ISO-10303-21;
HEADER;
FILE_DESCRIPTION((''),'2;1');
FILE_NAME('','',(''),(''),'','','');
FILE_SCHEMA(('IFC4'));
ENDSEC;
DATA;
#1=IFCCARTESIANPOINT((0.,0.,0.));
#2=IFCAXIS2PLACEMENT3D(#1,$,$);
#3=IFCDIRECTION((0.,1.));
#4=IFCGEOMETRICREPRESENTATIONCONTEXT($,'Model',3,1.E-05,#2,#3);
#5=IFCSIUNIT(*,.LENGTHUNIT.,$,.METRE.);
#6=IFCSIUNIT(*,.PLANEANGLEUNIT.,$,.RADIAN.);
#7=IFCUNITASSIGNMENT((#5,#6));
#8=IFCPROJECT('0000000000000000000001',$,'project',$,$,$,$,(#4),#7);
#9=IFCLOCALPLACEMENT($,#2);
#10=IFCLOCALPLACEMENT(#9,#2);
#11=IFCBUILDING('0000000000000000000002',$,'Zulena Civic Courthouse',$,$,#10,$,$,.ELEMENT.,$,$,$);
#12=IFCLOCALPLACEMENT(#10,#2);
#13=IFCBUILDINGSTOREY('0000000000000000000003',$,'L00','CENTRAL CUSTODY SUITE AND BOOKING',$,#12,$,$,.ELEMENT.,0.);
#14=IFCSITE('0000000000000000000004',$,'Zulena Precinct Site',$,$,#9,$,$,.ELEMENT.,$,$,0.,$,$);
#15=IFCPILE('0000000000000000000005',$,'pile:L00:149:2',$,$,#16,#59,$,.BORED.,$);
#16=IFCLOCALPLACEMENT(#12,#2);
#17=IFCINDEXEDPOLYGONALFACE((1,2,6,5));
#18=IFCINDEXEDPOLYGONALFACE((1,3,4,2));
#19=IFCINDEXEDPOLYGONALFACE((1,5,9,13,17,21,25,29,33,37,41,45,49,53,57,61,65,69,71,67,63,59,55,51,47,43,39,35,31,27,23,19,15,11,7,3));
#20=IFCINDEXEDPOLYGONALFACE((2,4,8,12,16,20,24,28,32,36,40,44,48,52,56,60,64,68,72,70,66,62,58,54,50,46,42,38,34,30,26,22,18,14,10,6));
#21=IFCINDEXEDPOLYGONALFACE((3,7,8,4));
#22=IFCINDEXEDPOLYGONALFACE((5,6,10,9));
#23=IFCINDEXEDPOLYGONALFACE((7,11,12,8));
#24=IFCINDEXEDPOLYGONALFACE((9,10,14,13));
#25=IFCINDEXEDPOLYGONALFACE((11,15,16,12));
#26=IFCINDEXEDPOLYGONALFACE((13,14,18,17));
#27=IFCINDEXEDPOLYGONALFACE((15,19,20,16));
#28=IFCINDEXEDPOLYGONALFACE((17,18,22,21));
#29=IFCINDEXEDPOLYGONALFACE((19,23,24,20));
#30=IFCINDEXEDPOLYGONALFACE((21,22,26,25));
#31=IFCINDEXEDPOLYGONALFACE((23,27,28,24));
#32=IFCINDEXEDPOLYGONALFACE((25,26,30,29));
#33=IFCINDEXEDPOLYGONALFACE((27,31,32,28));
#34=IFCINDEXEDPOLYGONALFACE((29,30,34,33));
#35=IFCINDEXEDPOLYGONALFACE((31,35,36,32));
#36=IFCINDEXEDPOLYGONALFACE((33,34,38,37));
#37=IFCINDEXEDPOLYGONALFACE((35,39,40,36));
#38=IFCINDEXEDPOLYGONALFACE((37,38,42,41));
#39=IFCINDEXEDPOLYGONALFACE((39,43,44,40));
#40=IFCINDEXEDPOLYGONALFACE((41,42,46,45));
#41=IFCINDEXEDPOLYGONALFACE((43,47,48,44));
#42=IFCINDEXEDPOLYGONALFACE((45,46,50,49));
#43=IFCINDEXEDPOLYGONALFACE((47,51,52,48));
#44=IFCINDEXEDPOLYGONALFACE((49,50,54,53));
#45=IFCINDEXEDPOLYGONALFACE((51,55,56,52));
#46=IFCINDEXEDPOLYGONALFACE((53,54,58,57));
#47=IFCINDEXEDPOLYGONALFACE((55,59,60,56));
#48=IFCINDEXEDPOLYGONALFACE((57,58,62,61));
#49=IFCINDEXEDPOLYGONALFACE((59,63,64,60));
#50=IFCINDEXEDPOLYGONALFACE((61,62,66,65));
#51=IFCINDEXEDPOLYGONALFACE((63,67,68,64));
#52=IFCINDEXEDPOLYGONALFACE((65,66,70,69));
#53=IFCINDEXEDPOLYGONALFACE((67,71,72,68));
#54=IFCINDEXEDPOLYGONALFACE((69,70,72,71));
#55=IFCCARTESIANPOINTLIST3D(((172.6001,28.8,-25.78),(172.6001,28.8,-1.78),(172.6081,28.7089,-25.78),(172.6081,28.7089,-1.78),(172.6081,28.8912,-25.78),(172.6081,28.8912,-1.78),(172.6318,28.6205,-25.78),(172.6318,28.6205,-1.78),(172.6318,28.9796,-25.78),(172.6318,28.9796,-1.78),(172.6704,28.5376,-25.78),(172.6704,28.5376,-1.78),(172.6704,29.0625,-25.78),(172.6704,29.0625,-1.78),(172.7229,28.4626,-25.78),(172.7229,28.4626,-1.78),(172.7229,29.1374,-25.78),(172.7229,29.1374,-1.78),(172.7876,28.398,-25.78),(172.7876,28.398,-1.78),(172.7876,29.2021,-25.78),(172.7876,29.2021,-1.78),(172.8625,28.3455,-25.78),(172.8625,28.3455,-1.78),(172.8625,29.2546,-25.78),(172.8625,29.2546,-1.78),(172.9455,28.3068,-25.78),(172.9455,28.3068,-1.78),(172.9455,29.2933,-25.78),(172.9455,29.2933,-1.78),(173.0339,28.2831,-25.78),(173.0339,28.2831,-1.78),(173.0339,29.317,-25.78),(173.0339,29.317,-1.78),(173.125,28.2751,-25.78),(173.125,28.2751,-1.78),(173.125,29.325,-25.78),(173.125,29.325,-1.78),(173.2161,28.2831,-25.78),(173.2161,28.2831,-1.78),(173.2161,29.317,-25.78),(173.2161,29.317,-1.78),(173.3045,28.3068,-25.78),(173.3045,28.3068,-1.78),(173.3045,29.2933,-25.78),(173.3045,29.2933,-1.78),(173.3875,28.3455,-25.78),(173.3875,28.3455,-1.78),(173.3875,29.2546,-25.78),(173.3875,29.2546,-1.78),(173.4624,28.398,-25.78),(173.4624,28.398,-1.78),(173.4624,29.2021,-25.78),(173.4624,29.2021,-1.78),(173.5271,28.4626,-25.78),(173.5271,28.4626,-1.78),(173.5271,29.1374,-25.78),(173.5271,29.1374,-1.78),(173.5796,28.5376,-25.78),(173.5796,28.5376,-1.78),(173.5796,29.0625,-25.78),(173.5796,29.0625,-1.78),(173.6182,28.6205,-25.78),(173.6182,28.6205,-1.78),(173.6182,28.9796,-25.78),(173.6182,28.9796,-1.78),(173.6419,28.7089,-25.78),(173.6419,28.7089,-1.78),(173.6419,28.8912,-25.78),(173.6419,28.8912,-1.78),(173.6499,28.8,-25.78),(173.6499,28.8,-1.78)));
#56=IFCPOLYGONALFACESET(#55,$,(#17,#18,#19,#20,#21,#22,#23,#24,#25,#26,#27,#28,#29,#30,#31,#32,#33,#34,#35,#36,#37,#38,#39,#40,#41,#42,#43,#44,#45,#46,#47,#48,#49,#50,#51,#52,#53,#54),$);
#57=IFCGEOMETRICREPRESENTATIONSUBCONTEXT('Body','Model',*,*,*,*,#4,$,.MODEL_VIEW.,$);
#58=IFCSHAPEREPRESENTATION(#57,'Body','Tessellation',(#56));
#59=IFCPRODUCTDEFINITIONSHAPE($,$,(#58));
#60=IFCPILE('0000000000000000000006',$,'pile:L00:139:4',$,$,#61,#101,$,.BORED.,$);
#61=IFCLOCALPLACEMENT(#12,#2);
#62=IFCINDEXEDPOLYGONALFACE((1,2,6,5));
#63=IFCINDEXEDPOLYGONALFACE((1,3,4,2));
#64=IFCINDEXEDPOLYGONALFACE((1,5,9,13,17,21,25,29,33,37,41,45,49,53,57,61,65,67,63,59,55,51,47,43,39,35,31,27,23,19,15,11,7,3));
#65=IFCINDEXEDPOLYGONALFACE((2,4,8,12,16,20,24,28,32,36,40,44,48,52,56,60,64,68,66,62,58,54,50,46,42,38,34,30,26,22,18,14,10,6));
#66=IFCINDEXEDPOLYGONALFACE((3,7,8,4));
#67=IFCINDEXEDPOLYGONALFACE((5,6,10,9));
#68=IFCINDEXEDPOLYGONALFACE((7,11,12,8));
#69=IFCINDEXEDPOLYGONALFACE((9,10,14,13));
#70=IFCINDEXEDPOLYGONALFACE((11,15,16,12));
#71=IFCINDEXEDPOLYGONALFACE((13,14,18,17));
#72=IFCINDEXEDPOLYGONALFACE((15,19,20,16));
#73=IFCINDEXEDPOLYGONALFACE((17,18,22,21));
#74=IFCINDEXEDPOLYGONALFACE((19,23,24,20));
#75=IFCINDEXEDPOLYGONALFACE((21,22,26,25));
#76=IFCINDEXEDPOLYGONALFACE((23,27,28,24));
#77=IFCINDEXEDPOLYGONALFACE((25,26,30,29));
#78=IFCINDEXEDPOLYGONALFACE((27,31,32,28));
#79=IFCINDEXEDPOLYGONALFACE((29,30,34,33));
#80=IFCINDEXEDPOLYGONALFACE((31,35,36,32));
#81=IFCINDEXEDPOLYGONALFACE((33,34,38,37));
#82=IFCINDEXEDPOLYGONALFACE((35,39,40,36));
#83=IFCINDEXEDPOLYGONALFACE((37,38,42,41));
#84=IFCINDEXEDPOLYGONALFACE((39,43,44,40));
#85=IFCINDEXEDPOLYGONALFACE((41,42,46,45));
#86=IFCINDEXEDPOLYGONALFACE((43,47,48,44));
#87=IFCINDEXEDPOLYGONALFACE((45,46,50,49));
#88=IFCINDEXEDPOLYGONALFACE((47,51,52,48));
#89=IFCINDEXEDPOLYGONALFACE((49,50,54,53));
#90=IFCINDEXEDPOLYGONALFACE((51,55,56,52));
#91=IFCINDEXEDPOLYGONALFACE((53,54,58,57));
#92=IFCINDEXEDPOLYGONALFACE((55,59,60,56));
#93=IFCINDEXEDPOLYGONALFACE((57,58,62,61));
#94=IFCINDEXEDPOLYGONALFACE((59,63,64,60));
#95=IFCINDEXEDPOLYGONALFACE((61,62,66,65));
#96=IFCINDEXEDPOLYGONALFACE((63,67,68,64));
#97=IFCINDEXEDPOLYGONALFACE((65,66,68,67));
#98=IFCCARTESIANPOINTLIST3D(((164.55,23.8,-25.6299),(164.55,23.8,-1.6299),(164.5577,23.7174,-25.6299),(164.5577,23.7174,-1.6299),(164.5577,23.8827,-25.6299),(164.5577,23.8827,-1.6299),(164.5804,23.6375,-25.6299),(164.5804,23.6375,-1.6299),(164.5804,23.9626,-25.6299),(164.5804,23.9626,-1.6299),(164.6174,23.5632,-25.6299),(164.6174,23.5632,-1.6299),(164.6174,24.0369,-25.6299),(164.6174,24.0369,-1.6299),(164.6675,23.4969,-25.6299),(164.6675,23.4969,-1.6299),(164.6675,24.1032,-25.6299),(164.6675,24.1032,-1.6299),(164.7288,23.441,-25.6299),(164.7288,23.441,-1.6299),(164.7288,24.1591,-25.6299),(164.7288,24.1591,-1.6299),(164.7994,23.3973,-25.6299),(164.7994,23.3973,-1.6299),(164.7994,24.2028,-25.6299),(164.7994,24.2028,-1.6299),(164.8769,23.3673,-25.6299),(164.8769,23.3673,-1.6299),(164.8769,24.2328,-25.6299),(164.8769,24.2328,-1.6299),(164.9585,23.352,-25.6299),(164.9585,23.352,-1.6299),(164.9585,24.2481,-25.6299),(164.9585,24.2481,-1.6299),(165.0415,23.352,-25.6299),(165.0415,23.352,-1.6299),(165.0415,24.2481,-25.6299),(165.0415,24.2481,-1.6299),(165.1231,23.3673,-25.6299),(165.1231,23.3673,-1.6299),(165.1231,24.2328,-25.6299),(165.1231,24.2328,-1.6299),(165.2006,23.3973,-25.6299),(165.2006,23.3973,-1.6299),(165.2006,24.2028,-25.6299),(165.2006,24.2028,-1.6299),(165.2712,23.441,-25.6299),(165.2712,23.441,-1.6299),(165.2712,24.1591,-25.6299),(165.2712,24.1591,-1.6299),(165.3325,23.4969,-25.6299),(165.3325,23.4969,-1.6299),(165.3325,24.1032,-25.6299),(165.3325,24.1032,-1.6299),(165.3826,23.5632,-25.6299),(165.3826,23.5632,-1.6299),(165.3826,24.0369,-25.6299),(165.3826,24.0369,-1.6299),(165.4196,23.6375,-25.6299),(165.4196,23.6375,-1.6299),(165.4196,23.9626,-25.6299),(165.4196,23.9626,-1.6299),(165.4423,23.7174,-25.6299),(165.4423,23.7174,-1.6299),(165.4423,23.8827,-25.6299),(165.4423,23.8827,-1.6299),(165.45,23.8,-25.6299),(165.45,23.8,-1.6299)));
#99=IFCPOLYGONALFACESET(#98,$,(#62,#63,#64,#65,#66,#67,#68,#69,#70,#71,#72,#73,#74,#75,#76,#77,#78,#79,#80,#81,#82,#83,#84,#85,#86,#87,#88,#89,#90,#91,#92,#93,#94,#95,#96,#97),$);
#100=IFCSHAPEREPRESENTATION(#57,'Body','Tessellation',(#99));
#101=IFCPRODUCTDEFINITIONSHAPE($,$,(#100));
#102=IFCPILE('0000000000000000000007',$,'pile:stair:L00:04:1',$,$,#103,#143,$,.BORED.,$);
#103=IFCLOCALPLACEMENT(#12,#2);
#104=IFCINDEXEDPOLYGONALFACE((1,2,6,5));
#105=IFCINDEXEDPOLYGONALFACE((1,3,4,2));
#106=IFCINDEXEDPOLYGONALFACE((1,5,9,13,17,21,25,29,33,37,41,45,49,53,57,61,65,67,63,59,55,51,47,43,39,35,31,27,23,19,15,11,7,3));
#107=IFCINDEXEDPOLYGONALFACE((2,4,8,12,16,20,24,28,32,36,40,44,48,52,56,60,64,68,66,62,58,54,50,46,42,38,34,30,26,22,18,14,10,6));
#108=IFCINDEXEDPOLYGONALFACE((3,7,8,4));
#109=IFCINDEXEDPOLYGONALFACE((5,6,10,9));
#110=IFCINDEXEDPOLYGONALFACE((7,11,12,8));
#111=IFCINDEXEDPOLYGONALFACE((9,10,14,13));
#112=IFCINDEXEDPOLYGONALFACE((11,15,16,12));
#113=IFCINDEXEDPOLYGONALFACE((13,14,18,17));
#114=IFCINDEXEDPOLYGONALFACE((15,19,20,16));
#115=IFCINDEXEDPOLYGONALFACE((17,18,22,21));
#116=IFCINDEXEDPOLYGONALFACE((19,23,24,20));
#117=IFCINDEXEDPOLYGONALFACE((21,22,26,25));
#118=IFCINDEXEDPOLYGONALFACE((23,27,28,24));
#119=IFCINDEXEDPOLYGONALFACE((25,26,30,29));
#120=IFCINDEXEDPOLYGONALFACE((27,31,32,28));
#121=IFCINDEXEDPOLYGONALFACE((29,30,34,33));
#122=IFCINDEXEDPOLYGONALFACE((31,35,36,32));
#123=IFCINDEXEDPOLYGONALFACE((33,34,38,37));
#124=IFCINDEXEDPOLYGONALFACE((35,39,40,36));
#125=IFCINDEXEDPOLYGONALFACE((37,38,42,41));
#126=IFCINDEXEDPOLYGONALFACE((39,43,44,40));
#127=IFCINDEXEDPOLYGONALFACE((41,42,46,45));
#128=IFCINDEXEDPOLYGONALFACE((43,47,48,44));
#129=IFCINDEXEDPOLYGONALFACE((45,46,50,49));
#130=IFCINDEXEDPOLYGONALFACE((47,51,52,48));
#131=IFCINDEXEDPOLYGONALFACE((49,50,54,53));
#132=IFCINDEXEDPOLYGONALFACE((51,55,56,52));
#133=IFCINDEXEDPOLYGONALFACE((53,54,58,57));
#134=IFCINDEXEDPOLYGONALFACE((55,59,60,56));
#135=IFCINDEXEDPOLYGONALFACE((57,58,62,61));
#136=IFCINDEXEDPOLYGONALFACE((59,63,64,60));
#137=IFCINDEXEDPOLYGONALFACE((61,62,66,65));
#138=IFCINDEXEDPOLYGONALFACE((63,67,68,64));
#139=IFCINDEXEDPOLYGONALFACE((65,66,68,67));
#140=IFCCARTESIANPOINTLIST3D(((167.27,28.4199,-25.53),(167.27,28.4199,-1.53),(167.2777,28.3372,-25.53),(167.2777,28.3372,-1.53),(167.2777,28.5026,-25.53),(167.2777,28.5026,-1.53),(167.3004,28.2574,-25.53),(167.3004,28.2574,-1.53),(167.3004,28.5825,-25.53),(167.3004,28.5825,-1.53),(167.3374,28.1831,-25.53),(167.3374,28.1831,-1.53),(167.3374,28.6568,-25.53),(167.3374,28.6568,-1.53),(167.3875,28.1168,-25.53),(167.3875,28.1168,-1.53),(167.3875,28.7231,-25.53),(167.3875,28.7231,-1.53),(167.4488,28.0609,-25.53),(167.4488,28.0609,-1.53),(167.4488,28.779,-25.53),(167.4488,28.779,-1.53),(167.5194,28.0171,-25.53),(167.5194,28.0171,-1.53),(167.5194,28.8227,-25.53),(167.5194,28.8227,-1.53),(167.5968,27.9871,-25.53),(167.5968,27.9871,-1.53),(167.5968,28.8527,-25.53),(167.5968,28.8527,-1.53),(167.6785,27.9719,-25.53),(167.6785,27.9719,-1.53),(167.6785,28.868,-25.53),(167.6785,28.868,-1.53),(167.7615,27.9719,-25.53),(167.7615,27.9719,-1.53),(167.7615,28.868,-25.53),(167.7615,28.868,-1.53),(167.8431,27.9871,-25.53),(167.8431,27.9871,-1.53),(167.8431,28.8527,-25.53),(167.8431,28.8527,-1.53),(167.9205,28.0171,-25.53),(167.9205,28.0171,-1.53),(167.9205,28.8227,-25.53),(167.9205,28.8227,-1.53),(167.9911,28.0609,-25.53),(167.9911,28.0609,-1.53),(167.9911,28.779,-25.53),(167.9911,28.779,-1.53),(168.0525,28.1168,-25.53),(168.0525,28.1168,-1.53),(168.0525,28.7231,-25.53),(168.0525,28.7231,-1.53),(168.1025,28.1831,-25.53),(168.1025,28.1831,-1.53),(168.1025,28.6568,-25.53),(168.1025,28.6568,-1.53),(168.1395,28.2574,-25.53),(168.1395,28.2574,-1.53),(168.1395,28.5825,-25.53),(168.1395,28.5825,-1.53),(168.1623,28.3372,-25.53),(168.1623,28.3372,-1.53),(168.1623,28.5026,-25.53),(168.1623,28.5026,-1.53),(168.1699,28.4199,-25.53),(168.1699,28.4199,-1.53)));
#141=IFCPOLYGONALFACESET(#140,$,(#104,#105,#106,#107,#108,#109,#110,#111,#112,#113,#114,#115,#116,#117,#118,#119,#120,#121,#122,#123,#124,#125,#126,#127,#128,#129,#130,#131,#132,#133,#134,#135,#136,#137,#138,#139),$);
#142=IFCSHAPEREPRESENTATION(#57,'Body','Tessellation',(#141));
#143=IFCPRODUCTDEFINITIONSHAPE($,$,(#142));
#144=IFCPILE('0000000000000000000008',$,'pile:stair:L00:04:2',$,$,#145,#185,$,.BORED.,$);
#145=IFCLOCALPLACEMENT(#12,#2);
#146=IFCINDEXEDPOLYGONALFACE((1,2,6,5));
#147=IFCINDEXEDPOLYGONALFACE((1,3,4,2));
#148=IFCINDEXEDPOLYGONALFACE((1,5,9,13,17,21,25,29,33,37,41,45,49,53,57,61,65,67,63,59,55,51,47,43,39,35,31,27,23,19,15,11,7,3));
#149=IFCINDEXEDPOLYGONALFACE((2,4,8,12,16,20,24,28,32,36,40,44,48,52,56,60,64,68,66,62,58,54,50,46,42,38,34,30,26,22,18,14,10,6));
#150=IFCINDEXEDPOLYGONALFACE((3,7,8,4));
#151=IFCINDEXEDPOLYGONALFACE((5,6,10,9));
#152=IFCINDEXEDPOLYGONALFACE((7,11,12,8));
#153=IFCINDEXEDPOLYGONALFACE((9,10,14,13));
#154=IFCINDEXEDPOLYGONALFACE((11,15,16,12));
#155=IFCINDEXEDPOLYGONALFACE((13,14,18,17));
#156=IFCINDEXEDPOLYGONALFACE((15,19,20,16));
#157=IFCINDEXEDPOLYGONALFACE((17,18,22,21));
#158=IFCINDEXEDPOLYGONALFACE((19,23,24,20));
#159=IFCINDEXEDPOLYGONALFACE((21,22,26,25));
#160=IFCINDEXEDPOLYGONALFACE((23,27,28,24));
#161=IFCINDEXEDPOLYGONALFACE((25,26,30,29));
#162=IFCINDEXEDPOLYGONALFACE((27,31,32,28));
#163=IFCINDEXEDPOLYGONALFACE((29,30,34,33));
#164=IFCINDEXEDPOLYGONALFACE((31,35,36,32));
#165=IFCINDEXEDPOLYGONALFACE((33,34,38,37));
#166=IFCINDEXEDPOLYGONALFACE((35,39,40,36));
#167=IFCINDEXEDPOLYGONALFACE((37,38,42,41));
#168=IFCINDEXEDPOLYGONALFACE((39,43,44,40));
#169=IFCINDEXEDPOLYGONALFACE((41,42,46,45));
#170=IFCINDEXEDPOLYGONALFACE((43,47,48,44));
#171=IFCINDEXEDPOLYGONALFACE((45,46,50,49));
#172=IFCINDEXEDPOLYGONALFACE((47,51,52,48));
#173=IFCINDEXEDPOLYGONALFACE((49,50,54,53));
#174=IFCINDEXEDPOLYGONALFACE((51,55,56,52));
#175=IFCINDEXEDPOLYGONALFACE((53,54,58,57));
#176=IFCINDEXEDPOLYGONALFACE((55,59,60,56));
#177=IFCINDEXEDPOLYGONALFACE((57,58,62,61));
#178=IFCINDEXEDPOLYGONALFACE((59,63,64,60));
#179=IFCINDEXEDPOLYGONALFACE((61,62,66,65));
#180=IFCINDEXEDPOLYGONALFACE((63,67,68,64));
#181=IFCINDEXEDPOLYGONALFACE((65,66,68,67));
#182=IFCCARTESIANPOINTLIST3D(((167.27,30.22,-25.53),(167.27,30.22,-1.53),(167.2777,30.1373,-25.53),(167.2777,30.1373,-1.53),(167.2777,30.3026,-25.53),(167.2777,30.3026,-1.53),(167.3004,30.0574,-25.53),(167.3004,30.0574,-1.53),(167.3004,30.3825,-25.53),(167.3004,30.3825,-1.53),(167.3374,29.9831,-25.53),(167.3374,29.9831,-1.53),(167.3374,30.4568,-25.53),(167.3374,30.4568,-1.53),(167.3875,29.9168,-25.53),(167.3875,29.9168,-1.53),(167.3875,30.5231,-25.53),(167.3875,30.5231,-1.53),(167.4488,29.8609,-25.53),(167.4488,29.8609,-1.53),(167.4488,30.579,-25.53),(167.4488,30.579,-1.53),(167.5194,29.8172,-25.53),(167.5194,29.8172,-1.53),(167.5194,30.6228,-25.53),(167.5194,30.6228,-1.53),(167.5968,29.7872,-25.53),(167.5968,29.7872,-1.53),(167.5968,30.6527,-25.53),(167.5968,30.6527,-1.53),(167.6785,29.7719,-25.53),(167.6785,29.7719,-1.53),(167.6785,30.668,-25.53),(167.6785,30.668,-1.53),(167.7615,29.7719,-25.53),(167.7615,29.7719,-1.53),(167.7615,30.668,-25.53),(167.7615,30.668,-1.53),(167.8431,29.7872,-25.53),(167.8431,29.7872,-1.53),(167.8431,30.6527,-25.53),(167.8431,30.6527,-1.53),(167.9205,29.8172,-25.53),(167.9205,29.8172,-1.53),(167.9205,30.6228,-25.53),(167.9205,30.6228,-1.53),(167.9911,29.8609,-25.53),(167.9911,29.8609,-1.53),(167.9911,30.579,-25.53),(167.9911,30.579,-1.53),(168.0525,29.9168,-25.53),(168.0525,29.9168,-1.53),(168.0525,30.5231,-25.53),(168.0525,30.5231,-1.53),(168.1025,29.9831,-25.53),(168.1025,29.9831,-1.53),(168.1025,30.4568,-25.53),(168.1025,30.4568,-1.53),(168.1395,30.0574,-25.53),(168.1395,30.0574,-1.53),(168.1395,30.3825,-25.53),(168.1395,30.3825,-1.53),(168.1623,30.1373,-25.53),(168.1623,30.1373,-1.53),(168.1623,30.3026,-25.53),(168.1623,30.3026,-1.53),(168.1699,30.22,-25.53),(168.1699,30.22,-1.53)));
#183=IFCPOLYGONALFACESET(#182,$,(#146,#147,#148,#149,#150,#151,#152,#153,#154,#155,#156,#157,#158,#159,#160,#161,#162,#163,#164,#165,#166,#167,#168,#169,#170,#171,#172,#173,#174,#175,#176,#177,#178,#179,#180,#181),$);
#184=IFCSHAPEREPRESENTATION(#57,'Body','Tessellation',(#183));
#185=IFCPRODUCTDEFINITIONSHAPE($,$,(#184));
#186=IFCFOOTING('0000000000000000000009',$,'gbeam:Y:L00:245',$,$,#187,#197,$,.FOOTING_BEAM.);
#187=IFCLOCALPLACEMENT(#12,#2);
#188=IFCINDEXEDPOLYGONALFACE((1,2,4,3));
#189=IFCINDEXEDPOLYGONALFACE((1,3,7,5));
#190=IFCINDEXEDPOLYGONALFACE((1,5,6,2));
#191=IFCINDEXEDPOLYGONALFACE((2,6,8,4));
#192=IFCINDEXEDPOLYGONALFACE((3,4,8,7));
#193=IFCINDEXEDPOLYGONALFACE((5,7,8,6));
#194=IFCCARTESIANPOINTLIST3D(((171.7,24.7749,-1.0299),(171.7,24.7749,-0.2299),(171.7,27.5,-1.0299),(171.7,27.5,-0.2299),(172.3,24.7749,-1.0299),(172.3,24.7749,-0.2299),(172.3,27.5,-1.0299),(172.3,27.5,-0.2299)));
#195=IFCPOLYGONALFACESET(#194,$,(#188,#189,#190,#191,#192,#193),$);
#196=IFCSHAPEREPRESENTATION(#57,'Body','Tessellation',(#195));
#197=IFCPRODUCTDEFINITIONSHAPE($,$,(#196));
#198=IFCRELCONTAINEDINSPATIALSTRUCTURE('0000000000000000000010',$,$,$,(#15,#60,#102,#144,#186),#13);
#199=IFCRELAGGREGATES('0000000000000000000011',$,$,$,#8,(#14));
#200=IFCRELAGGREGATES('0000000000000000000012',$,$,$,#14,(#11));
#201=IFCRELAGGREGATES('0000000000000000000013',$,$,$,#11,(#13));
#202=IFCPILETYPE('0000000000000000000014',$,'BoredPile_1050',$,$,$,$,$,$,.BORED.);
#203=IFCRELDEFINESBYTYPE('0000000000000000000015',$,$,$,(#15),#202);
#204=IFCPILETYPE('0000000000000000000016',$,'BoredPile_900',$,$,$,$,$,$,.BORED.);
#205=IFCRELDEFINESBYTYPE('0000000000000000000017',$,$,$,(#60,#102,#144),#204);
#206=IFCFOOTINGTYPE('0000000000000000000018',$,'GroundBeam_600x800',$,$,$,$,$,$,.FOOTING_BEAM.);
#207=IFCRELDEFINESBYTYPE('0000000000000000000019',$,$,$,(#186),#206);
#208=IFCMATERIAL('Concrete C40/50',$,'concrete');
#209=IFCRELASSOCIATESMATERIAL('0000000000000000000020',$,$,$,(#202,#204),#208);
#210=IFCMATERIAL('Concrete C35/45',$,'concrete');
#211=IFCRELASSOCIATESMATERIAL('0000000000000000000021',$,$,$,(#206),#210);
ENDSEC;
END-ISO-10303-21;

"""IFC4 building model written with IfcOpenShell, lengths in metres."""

from ifc_helpers import new_model, si_unit, direction, frame, origin, origin_2d, place, context, subcontext, project, spatial, rectangle, circle, extrude, material, material_profile, profile_set, type_object, element, save


model = new_model("IFC4")

# Units and contexts
model_context = context("Model", 3, precision=1e-05, world=origin(), true_north=direction((0.0, 1.0)))
body_context = subcontext(model_context, "Body", "Model", "MODEL_VIEW")
ifc_project = project(units=[si_unit("LENGTHUNIT", "METRE"), si_unit("PLANEANGLEUNIT", "RADIAN")], contexts=[model_context])

# Site, building, storey
site_placement = place(None, origin())
site = spatial("IfcSite", under=ifc_project, at=site_placement, Name="Zulena Precinct Site", CompositionType="ELEMENT", RefElevation=0.0)
building_placement = place(site_placement, origin())
building = spatial("IfcBuilding", under=site, at=building_placement, Name="Zulena Civic Courthouse", CompositionType="ELEMENT")
storey_placement = place(building_placement, origin())
storey = spatial("IfcBuildingStorey", under=building, at=storey_placement, Name="L00", Description="CENTRAL CUSTODY SUITE AND BOOKING", CompositionType="ELEMENT", Elevation=0.0)

# Piles
ifc_material_1 = material(Name="Concrete C40/50", Category="concrete")
ifc_material_profile_1 = material_profile(ifc_material_1, circle(Radius=0.5249, at=origin_2d()), Name="PILE1050")
ifc_profile_set_1 = profile_set([ifc_material_profile_1], Name="Concrete C40/50")
pile_type_1 = type_object("IfcPileType", Name="BoredPile_1050", PredefinedType="BORED", material=ifc_profile_set_1)
for number, where, z_axis, x_axis, name in (
    (1, (173.125, 28.8, -1.78), (0.0, 0.0, -1.0), (1.0, 0.0, 0.0), "pile:L00:149:2"),
):
    element("IfcPile", number, at=place(storey_placement, frame(where, z_axis=z_axis, x_axis=x_axis)), inside=storey, type_object=pile_type_1, Name=name, PredefinedType="BORED", context=body_context, shape_type="SweptSolid", body=[
        extrude(circle(Radius=0.5249, at=origin_2d()), origin(), (0.0, 0.0, 1.0), 24.0),
    ])
ifc_material_profile_2 = material_profile(ifc_material_1, circle(Radius=0.45, at=origin_2d()), Name="PILE900")
ifc_profile_set_2 = profile_set([ifc_material_profile_2], Name="Concrete C40/50")
pile_type_2 = type_object("IfcPileType", Name="BoredPile_900", PredefinedType="BORED", material=ifc_profile_set_2)
for number, where, z_axis, x_axis, name in (
    (2, (165.0, 23.8, -1.6299), (0.0, 0.0, -1.0), (1.0, 0.0, 0.0), "pile:L00:139:4"),
    (3, (167.72, 28.4199, -1.53), (0.0, 0.0, -1.0), (1.0, 0.0, 0.0), "pile:stair:L00:04:1"),
    (4, (167.72, 30.22, -1.53), (0.0, 0.0, -1.0), (1.0, 0.0, 0.0), "pile:stair:L00:04:2"),
):
    element("IfcPile", number, at=place(storey_placement, frame(where, z_axis=z_axis, x_axis=x_axis)), inside=storey, type_object=pile_type_2, Name=name, PredefinedType="BORED", context=body_context, shape_type="SweptSolid", body=[
        extrude(circle(Radius=0.45, at=origin_2d()), origin(), (0.0, 0.0, 1.0), 24.0),
    ])

# Footing
ifc_material_2 = material(Name="Concrete C35/45", Category="concrete")
ifc_material_profile_3 = material_profile(ifc_material_2, rectangle(XDim=0.6001, YDim=0.8, at=origin_2d()), Name="RC600X800")
ifc_profile_set_3 = profile_set([ifc_material_profile_3], Name="Concrete C35/45")
footing_type_1 = type_object("IfcFootingType", Name="GroundBeam_600x800", PredefinedType="FOOTING_BEAM", material=ifc_profile_set_3)
footing_1_placement = place(storey_placement, frame((172.0, 24.7749, -0.6299), z_axis=(0.0, 1.0, 0.0), x_axis=(-1.0, 0.0, 0.0)))
element("IfcFooting", 5, at=footing_1_placement, inside=storey, type_object=footing_type_1, Name="gbeam:Y:L00:245", PredefinedType="FOOTING_BEAM", context=body_context, shape_type="SweptSolid", body=[
    extrude(rectangle(XDim=0.6001, YDim=0.8, at=origin_2d()), origin(), (0.0, 0.0, 1.0), 2.7251),
])

save(model, "model.ifc")
